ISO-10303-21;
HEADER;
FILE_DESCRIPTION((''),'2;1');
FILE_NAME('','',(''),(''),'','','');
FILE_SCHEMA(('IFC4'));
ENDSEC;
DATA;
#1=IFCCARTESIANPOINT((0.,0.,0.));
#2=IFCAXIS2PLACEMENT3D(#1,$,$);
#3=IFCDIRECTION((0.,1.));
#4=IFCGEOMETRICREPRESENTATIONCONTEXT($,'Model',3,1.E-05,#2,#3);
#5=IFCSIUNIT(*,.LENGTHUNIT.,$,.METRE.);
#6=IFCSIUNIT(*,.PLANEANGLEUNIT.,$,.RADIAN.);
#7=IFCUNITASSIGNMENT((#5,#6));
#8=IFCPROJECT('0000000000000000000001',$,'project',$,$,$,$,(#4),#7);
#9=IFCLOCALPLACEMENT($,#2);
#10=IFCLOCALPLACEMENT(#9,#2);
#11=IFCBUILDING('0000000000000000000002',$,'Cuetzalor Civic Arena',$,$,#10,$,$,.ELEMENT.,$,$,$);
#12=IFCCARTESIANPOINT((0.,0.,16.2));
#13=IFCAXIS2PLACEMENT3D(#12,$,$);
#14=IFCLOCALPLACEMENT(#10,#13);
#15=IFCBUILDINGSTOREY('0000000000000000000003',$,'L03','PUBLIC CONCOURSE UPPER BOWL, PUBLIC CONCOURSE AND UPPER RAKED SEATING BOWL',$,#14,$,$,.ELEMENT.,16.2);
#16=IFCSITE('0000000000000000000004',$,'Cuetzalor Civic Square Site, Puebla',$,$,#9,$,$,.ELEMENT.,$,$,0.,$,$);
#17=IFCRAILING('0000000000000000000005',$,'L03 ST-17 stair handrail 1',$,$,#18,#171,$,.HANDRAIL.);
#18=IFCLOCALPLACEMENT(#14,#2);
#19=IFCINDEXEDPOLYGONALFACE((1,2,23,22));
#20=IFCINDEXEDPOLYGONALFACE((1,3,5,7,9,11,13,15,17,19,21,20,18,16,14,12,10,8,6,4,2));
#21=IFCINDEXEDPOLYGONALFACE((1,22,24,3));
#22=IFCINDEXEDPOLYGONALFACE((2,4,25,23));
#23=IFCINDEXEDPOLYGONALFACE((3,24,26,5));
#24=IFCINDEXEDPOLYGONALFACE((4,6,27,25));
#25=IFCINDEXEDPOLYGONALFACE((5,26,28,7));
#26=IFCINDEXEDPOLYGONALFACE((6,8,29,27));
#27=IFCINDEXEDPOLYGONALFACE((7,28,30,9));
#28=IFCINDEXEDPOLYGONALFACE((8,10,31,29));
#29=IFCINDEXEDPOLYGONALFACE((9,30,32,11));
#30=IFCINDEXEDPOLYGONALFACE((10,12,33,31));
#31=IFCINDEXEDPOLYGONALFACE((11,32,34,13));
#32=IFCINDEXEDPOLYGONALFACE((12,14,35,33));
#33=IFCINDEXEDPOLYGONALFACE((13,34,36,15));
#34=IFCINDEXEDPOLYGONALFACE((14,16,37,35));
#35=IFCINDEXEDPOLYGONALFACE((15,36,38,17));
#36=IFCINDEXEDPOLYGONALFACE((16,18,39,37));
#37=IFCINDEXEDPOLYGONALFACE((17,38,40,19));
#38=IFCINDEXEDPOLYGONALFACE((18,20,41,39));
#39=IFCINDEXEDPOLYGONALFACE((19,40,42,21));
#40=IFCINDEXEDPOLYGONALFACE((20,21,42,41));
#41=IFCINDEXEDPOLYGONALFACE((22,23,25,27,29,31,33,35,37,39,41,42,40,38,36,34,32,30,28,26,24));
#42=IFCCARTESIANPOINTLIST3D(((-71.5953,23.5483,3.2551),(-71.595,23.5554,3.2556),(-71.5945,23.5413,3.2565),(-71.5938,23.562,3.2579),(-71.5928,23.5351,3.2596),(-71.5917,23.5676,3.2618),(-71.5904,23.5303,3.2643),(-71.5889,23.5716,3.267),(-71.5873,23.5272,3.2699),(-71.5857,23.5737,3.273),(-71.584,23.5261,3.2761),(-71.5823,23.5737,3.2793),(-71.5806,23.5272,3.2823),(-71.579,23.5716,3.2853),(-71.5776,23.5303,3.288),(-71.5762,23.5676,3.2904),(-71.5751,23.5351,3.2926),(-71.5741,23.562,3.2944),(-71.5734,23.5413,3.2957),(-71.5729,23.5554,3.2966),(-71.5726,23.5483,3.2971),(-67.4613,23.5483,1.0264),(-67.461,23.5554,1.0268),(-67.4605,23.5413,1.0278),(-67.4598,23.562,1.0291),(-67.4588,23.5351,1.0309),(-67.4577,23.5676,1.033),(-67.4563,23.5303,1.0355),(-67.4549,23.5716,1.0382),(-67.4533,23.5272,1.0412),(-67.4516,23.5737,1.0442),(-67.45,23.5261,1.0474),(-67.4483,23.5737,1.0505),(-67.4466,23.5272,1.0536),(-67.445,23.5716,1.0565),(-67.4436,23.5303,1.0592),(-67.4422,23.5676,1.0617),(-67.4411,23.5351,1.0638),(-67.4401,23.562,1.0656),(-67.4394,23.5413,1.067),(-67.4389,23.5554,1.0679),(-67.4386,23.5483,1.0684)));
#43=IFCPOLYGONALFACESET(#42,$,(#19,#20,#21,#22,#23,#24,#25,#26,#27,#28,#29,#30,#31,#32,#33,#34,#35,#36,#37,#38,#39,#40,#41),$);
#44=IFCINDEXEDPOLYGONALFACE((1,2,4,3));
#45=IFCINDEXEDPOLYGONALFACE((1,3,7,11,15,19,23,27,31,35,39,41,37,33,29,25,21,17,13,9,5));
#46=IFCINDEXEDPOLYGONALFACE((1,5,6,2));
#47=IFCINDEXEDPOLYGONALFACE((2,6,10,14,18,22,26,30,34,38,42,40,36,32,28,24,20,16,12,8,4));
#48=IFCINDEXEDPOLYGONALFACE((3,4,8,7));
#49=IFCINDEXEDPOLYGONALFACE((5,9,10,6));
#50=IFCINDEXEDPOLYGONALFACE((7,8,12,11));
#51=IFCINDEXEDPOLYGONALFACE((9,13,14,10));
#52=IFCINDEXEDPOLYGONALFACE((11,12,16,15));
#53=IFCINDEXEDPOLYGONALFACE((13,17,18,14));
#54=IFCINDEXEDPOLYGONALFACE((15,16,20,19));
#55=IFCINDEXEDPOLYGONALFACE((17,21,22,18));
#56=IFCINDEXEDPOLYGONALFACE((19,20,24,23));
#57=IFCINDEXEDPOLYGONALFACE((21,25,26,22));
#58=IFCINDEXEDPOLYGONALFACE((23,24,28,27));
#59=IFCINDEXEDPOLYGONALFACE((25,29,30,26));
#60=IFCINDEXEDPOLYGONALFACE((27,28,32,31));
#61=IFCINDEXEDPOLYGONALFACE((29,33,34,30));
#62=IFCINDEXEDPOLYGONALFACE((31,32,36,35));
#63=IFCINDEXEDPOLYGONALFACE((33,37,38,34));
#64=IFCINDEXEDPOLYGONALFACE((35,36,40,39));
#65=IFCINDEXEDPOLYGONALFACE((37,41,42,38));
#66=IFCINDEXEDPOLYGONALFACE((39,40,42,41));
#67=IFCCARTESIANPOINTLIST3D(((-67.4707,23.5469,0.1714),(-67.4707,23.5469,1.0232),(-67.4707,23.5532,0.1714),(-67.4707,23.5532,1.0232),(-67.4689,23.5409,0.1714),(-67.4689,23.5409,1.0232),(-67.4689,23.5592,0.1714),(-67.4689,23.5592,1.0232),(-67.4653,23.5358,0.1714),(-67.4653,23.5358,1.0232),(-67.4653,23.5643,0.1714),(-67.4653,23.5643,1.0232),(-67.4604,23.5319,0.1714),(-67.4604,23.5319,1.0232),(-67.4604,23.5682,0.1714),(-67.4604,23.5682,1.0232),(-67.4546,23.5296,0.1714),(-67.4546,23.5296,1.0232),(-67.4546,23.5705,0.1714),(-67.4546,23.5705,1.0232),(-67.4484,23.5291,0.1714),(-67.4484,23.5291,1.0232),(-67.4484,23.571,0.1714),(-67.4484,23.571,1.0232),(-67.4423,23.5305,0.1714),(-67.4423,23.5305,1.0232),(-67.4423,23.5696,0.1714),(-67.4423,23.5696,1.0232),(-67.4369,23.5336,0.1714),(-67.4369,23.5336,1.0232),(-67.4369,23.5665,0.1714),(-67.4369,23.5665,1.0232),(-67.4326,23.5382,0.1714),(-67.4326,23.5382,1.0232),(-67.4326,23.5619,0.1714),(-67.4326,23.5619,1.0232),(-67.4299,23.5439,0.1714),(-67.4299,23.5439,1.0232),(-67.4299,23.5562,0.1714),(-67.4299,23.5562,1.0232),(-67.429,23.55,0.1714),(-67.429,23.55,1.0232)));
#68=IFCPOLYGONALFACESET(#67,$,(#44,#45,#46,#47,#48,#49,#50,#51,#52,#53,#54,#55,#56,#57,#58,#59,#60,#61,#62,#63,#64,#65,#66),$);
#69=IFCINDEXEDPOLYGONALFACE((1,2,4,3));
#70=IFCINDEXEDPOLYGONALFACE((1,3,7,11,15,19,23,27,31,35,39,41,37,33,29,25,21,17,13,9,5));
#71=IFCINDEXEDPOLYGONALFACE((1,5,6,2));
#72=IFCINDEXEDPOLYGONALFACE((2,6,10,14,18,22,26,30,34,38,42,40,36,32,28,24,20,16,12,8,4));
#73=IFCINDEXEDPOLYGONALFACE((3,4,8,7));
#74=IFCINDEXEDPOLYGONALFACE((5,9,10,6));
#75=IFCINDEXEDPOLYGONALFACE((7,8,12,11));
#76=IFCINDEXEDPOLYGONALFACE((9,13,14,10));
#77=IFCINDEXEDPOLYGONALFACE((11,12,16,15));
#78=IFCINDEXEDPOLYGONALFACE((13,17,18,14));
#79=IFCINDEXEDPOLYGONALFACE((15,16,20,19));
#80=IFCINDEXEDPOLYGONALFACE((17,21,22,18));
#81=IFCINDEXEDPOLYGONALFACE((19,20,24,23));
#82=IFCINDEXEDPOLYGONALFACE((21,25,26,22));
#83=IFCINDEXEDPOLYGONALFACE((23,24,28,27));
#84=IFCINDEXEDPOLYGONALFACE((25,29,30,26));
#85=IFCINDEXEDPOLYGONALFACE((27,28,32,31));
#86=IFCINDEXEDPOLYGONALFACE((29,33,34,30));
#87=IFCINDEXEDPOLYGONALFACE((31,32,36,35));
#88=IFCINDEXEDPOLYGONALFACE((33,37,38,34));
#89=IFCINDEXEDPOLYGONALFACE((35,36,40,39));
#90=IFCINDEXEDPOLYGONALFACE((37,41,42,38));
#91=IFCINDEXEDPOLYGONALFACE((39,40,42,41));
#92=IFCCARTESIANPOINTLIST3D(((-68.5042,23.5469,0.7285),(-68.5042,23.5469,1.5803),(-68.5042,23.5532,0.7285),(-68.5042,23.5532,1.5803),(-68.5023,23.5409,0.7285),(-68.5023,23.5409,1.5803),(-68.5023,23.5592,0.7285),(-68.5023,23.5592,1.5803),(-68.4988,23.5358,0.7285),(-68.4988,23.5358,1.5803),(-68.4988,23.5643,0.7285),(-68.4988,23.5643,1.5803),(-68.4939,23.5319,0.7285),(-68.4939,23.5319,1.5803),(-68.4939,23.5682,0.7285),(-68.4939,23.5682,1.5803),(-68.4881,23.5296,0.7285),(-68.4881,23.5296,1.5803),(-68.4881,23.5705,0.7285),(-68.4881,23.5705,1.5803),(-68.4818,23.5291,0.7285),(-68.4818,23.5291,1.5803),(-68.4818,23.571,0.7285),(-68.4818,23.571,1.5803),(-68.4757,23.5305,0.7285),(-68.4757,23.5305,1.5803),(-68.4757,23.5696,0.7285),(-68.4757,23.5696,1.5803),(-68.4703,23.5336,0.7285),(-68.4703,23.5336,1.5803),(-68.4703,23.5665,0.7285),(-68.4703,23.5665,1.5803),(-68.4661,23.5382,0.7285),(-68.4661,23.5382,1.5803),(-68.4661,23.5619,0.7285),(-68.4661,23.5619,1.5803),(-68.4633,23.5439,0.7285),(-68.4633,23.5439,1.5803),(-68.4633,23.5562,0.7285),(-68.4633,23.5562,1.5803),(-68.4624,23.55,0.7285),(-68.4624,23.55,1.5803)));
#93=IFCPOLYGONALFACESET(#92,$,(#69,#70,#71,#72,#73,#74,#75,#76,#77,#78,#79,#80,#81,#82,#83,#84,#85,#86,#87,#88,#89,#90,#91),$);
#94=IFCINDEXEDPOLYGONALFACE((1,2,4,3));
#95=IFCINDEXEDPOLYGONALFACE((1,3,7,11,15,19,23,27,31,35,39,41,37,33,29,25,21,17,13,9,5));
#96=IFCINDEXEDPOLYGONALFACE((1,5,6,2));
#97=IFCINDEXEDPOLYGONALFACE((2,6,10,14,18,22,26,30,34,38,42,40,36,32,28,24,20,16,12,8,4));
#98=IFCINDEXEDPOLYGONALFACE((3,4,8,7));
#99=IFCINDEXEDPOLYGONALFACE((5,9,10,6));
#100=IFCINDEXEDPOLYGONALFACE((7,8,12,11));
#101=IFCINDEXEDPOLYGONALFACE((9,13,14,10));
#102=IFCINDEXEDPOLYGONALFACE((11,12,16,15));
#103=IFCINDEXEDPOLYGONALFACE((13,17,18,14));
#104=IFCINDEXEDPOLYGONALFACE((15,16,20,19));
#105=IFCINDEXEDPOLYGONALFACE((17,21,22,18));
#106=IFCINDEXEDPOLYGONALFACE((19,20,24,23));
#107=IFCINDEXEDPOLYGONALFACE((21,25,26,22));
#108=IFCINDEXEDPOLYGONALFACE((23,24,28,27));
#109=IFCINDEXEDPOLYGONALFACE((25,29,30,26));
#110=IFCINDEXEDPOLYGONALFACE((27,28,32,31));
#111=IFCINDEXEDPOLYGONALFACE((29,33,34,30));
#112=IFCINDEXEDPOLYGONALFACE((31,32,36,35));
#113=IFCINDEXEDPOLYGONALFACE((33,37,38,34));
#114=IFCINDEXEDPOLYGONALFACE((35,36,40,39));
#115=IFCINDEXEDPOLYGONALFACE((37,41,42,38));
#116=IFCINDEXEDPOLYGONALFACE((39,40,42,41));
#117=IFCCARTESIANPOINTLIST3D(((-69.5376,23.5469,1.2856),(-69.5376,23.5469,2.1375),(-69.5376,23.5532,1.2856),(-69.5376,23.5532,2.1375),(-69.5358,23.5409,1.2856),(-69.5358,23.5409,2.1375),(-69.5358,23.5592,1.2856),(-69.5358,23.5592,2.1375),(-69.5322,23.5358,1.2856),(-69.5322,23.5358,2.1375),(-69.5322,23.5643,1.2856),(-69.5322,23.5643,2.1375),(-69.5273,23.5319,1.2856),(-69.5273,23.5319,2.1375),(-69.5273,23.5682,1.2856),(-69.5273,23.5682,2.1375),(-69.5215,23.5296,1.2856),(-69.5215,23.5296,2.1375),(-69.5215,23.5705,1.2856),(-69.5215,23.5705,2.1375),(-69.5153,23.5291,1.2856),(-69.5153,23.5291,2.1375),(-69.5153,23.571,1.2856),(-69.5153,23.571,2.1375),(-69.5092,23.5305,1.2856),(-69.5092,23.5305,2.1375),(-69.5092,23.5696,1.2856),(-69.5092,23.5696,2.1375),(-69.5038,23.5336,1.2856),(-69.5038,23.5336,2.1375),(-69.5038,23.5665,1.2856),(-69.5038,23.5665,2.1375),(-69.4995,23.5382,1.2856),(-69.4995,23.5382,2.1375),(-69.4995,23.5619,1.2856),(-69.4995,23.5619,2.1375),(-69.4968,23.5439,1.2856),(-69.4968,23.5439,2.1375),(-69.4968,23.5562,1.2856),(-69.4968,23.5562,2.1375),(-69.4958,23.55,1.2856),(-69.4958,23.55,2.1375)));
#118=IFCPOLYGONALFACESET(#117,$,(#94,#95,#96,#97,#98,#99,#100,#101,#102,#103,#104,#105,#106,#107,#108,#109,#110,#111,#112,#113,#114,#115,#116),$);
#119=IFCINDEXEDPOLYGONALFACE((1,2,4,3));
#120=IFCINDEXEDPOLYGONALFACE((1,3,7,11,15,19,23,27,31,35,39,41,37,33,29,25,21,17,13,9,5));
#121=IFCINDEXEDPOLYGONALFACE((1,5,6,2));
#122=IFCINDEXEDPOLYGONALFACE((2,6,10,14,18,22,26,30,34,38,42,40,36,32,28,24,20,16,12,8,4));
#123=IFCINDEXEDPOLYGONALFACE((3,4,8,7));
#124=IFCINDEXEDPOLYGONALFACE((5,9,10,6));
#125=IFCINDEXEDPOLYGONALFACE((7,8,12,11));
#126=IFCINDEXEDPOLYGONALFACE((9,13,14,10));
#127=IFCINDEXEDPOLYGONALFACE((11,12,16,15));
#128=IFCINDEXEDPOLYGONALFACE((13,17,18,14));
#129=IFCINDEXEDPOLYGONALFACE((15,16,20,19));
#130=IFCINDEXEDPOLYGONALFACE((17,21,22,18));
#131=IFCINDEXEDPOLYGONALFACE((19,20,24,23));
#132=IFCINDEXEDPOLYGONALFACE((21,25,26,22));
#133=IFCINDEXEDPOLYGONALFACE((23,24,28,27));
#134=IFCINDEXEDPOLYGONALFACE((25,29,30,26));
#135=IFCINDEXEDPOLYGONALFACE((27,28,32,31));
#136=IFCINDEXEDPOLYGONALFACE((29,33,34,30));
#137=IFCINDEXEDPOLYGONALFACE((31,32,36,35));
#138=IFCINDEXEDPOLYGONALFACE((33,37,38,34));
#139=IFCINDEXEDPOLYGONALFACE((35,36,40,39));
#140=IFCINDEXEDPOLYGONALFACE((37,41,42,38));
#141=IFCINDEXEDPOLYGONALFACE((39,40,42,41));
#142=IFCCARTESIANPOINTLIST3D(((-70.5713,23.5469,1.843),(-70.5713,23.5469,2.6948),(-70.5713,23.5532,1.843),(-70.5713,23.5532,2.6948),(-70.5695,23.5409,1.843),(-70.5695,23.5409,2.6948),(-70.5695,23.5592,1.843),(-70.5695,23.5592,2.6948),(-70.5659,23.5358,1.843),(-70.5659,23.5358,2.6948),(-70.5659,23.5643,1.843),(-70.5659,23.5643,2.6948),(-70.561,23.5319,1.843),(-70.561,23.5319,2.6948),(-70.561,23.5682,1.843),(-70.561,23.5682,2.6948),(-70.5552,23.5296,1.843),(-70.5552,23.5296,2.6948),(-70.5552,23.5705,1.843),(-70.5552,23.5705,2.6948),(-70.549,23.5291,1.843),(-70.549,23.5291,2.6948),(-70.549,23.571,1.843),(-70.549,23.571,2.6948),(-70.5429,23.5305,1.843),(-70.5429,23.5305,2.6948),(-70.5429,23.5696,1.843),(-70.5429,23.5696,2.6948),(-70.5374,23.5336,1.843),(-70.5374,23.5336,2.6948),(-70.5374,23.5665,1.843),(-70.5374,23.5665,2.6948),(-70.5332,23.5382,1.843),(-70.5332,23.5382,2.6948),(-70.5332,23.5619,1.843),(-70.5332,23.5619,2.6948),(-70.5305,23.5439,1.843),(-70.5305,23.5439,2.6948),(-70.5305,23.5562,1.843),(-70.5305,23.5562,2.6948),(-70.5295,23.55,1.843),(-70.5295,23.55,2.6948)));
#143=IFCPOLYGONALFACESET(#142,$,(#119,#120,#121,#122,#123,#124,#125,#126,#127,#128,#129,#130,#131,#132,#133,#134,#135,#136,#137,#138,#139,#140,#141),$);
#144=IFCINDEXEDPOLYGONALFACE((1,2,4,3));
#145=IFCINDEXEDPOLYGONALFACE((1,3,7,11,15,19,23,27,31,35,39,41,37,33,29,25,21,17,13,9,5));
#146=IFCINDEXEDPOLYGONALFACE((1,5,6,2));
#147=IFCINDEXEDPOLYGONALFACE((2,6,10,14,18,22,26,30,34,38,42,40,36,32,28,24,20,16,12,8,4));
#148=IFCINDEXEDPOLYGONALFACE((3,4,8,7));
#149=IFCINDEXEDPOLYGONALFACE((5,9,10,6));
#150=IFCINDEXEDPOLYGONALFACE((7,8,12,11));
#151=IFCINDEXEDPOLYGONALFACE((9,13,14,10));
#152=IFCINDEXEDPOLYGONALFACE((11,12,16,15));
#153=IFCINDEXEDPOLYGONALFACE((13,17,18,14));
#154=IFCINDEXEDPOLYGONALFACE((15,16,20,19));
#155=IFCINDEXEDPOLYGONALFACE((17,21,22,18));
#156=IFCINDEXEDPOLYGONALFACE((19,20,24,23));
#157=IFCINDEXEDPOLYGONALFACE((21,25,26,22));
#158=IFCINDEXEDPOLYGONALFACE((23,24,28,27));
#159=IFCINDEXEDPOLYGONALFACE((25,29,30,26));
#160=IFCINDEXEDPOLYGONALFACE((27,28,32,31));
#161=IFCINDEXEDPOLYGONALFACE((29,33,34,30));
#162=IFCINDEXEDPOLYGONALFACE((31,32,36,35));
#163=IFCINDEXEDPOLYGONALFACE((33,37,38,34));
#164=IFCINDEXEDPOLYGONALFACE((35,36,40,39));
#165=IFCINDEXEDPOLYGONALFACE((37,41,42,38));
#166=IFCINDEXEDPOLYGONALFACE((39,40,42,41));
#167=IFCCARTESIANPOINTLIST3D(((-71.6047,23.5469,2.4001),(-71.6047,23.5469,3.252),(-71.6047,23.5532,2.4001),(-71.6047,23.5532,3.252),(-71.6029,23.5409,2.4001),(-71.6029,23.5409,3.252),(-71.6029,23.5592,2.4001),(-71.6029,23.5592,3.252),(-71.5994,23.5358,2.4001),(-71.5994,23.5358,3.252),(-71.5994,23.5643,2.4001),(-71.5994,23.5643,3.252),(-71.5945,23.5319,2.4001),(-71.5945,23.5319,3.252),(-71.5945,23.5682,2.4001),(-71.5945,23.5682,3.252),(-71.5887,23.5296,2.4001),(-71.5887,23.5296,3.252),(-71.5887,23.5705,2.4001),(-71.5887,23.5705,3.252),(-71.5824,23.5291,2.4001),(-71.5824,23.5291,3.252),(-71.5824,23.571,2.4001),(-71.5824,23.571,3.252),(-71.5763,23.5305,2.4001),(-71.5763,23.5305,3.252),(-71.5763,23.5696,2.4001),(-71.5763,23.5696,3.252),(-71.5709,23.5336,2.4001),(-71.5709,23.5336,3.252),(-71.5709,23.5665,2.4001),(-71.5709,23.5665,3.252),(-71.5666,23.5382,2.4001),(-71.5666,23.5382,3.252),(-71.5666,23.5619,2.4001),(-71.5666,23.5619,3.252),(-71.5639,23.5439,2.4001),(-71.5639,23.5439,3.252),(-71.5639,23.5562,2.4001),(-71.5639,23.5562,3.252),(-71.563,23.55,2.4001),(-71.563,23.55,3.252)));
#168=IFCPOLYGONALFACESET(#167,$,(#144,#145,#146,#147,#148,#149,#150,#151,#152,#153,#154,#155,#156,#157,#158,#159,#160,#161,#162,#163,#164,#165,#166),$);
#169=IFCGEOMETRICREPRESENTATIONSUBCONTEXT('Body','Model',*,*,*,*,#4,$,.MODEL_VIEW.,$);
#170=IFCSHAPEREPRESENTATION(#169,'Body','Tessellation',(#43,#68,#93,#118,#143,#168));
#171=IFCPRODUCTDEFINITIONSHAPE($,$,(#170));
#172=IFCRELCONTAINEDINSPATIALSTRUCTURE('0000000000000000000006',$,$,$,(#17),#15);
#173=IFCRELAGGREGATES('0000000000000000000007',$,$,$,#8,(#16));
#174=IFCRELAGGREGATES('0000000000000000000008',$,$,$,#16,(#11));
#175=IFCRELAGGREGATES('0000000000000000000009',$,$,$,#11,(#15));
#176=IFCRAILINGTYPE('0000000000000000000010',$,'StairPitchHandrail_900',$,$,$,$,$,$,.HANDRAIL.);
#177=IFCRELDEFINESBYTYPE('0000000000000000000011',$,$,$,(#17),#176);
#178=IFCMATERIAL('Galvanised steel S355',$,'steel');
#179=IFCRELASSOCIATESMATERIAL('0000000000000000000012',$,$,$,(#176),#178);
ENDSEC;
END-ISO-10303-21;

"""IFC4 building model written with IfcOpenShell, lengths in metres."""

from ifc_helpers import new_model, si_unit, direction, frame, origin, origin_2d, place, context, subcontext, project, spatial, circle, extrude, material, type_object, element, save


model = new_model("IFC4")

# Units and contexts
model_context = context("Model", 3, precision=1e-05, world=origin(), true_north=direction((0.0, 1.0)))
body_context = subcontext(model_context, "Body", "Model", "MODEL_VIEW")
ifc_project = project(units=[si_unit("LENGTHUNIT", "METRE"), si_unit("PLANEANGLEUNIT", "RADIAN")], contexts=[model_context])

# Site, building, storey
site_placement = place(None, origin())
site = spatial("IfcSite", under=ifc_project, at=site_placement, Name="Cuetzalor Civic Square Site, Puebla", CompositionType="ELEMENT", RefElevation=0.0)
building_placement = place(site_placement, origin())
building = spatial("IfcBuilding", under=site, at=building_placement, Name="Cuetzalor Civic Arena", CompositionType="ELEMENT")
storey_placement = place(building_placement, frame((0.0, 0.0, 16.2)))
storey = spatial("IfcBuildingStorey", under=building, at=storey_placement, Name="L03", Description="PUBLIC CONCOURSE UPPER BOWL, PUBLIC CONCOURSE AND UPPER RAKED SEATING BOWL", CompositionType="ELEMENT", Elevation=16.2)

# Railing
ifc_material_1 = material(Name="Galvanised steel S355", Category="steel")
railing_type_1 = type_object("IfcRailingType", Name="StairPitchHandrail_900", PredefinedType="HANDRAIL", material=ifc_material_1)
railing_1_placement = place(storey_placement, frame((-67.45, 23.55, 0.1714)))
element("IfcRailing", 1, at=railing_1_placement, inside=storey, type_object=railing_type_1, Name="L03 ST-17 stair handrail 1", PredefinedType="HANDRAIL", context=body_context, shape_type="SweptSolid", body=[
    extrude(circle(Radius=0.0239, at=origin_2d()), frame((0.0, 0.0, 0.876), z_axis=(-0.880227, 0.0, 0.474552), x_axis=(0.0, -1.0, 0.0)), (0.0, 0.0, 1.0), 4.6965),
    extrude(circle(Radius=0.021, at=origin_2d()), origin(), (0.0, 0.0, 1.0), 0.8518),
    extrude(circle(Radius=0.021, at=origin_2d()), frame((-1.0334, 0.0, 0.5571)), (0.0, 0.0, 1.0), 0.8518),
    extrude(circle(Radius=0.021, at=origin_2d()), frame((-2.0669, 0.0, 1.1143)), (0.0, 0.0, 1.0), 0.8518),
    extrude(circle(Radius=0.021, at=origin_2d()), frame((-3.1006, 0.0, 1.6716)), (0.0, 0.0, 1.0), 0.8518),
    extrude(circle(Radius=0.021, at=origin_2d()), frame((-4.134, 0.0, 2.2288)), (0.0, 0.0, 1.0), 0.8518),
])

save(model, "model.ifc")
